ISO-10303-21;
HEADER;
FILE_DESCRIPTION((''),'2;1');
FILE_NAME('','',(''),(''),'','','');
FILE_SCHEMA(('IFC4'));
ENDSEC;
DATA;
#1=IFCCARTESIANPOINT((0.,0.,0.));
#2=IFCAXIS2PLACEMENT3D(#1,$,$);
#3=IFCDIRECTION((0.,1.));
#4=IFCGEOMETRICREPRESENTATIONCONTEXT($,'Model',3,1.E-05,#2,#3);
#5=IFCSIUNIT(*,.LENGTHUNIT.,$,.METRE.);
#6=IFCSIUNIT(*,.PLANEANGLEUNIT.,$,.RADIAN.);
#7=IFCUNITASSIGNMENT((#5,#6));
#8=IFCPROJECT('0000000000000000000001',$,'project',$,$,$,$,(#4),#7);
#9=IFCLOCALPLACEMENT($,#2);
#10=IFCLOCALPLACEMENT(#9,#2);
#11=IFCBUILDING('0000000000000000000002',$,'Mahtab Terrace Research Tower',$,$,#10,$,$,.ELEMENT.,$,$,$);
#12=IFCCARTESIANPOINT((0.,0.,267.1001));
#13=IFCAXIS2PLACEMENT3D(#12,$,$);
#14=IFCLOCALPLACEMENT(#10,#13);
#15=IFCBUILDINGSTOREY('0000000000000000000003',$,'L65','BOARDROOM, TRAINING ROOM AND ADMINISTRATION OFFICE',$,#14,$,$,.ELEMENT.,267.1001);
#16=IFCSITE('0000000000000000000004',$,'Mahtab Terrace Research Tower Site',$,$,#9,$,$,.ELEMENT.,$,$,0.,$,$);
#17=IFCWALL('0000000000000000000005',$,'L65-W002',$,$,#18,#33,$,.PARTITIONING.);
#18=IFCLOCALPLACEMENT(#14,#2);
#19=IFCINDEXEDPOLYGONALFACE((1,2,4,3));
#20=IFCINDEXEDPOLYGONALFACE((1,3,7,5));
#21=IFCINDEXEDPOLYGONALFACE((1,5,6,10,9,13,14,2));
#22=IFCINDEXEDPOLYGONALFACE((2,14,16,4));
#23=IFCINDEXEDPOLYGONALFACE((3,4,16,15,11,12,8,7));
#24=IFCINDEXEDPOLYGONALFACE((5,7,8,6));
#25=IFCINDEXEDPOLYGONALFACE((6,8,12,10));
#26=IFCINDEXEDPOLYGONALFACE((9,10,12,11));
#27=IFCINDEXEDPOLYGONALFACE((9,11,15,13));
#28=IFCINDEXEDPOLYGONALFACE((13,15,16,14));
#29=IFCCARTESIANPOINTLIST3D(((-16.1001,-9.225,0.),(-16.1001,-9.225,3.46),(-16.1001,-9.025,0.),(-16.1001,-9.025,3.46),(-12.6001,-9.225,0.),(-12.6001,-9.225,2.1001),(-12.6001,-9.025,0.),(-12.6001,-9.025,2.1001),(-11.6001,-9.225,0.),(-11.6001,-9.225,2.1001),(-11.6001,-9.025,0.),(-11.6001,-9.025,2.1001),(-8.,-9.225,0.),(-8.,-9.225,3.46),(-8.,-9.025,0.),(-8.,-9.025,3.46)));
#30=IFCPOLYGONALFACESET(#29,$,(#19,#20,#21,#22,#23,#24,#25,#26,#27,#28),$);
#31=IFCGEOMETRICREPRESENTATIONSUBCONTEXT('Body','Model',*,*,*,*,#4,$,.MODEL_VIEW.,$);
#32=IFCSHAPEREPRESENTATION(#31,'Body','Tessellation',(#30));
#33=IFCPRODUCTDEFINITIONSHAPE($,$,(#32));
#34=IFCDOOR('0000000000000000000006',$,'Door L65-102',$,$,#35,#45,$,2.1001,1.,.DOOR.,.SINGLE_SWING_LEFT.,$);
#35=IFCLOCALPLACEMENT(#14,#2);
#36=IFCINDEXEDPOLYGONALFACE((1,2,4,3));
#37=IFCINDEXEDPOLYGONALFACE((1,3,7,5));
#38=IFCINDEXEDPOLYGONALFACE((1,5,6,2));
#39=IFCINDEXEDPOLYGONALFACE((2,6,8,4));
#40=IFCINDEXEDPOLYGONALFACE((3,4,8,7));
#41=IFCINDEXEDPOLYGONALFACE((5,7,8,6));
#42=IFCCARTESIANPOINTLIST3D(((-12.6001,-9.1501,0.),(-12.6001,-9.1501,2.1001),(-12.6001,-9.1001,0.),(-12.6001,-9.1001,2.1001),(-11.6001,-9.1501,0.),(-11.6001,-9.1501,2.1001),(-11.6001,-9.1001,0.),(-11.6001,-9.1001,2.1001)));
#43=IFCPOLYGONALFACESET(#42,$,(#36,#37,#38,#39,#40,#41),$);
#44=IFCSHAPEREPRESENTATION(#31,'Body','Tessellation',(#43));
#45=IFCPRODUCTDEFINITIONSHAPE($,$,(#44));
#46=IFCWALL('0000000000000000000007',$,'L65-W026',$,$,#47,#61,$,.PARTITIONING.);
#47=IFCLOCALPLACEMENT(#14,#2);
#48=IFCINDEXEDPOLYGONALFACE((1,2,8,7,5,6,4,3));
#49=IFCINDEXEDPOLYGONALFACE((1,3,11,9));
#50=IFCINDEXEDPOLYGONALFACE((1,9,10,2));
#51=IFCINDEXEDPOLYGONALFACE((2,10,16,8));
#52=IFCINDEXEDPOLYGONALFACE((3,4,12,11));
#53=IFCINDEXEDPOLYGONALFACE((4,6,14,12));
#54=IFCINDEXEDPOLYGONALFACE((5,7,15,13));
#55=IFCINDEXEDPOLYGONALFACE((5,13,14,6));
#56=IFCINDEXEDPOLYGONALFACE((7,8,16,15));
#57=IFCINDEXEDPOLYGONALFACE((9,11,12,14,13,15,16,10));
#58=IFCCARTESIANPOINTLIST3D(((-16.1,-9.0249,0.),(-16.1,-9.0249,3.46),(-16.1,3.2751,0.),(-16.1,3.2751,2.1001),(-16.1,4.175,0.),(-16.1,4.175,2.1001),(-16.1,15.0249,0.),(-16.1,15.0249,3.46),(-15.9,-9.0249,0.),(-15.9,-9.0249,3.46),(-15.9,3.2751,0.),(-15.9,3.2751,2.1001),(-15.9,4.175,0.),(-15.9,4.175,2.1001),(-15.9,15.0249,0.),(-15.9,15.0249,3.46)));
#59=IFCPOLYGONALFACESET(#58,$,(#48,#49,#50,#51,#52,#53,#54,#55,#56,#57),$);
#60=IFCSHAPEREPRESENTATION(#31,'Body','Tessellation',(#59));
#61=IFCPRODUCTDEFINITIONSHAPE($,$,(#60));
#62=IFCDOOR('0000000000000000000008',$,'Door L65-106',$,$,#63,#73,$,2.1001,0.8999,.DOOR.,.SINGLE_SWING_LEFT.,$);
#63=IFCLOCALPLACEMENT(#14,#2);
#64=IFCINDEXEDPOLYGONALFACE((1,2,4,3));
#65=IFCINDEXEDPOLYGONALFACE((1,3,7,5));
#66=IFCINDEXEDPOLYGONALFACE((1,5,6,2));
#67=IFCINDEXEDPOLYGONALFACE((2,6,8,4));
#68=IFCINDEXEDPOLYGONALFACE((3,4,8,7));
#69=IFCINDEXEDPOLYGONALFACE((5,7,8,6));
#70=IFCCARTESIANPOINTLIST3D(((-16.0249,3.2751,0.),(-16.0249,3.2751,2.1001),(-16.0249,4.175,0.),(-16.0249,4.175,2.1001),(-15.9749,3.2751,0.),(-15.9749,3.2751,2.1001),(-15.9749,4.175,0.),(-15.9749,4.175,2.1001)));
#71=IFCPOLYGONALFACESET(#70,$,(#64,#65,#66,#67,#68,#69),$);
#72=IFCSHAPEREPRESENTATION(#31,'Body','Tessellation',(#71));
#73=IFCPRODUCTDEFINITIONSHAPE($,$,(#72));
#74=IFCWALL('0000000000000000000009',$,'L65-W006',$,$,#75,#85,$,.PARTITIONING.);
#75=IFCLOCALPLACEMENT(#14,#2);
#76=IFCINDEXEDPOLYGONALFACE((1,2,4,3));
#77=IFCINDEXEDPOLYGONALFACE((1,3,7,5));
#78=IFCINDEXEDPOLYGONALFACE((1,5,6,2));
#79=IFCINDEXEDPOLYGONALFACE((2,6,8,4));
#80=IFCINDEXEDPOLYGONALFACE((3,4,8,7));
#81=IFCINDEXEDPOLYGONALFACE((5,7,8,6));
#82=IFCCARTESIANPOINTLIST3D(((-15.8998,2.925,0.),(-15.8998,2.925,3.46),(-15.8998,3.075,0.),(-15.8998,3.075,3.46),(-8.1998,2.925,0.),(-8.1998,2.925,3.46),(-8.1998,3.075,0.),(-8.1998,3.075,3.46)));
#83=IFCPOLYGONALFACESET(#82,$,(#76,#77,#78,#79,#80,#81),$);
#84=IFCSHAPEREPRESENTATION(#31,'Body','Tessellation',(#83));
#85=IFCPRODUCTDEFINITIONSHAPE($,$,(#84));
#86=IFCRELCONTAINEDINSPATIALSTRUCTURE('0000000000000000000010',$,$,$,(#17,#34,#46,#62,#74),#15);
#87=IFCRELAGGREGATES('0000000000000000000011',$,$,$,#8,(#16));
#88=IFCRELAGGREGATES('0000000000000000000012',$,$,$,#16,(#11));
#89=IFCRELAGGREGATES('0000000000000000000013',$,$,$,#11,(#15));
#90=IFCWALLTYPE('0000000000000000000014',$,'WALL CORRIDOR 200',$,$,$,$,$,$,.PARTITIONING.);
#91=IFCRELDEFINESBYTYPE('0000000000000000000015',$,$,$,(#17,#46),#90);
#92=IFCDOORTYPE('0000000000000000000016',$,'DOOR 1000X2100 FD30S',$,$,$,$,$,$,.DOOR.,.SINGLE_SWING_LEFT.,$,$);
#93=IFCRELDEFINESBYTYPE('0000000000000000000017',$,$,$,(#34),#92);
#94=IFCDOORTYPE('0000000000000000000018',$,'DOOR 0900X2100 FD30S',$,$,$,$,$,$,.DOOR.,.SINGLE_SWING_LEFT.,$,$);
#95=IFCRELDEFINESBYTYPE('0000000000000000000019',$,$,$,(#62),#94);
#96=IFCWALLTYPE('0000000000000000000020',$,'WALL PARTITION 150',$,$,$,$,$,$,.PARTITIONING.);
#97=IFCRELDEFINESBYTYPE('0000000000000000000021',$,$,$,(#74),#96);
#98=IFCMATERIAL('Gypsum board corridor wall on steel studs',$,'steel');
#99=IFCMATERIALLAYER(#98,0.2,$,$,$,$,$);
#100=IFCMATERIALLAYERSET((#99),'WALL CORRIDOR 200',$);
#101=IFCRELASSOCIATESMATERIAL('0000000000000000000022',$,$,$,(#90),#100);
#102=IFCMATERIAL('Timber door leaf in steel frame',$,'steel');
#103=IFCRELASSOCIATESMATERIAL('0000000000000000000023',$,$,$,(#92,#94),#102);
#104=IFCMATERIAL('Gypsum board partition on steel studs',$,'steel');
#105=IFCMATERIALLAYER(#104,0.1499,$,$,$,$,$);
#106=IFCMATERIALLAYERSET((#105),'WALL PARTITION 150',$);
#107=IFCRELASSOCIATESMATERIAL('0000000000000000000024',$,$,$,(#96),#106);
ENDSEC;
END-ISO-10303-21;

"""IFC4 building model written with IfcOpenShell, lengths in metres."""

from ifc_helpers import new_model, si_unit, direction, frame, frame_2d, origin, place, context, subcontext, project, spatial, rectangle, extrude, material, layer, layer_set, type_object, element, fill, save


model = new_model("IFC4")

# Units and contexts
model_context = context("Model", 3, precision=1e-05, world=origin(), true_north=direction((0.0, 1.0)))
body_context = subcontext(model_context, "Body", "Model", "MODEL_VIEW")
ifc_project = project(units=[si_unit("LENGTHUNIT", "METRE"), si_unit("PLANEANGLEUNIT", "RADIAN")], contexts=[model_context])

# Site, building, storey
site_placement = place(None, origin())
site = spatial("IfcSite", under=ifc_project, at=site_placement, Name="Mahtab Terrace Research Tower Site", CompositionType="ELEMENT", RefElevation=0.0)
building_placement = place(site_placement, origin())
building = spatial("IfcBuilding", under=site, at=building_placement, Name="Mahtab Terrace Research Tower", CompositionType="ELEMENT")
storey_placement = place(building_placement, frame((0.0, 0.0, 267.1001)))
storey = spatial("IfcBuildingStorey", under=building, at=storey_placement, Name="L65", Description="BOARDROOM, TRAINING ROOM AND ADMINISTRATION OFFICE", CompositionType="ELEMENT", Elevation=267.1001)

# Walls, openings, doors
ifc_material_1 = material(Name="Gypsum board corridor wall on steel studs", Category="steel")
ifc_layer_1 = layer(ifc_material_1, 0.2)
ifc_layer_set_1 = layer_set([ifc_layer_1], Name="WALL CORRIDOR 200")
wall_type_1 = type_object("IfcWallType", Name="WALL CORRIDOR 200", PredefinedType="PARTITIONING", material=ifc_layer_set_1)
wall_1_placement = place(storey_placement, frame((-16.1001, -9.125, 0.0), z_axis=(0.0, 0.0, 1.0), x_axis=(1.0, 0.0, 0.0)))
wall_1 = element("IfcWall", 1, at=wall_1_placement, inside=storey, type_object=wall_type_1, Name="L65-W002", PredefinedType="PARTITIONING", context=body_context, shape_type="SweptSolid", body=[
    extrude(rectangle(XDim=8.1001, YDim=0.2, at=frame_2d((4.05, 0.0))), origin(), (0.0, 0.0, 1.0), 3.46),
])
opening_1_placement = place(wall_1_placement, frame((3.5, 0.0, 0.0)))
opening_1 = element("IfcOpeningElement", 2, at=opening_1_placement, cuts=wall_1, PredefinedType="OPENING", context=body_context, shape_type="SweptSolid", body=[
    extrude(rectangle(XDim=1.0, YDim=2.1001, at=frame_2d((0.5, 1.05))), frame((0.0, 0.1099, 0.0), z_axis=(0.0, -1.0, 0.0), x_axis=(1.0, 0.0, 0.0)), (0.0, 0.0, 1.0), 0.22),
])
ifc_material_2 = material(Name="Timber door leaf in steel frame", Category="steel")
door_type_1 = type_object("IfcDoorType", Name="DOOR 1000X2100 FD30S", OperationType="SINGLE_SWING_LEFT", PredefinedType="DOOR", material=ifc_material_2)
door_1_placement = place(opening_1_placement, origin())
door_1 = element("IfcDoor", 3, at=door_1_placement, inside=storey, type_object=door_type_1, Name="Door L65-102", OperationType="SINGLE_SWING_LEFT", OverallHeight=2.1001, OverallWidth=1.0, PredefinedType="DOOR", context=body_context, shape_type="SweptSolid", body=[
    extrude(rectangle(XDim=1.0, YDim=2.1001, at=frame_2d((0.5, 1.05))), frame((0.0, 0.0249, 0.0), z_axis=(0.0, -1.0, 0.0), x_axis=(1.0, 0.0, 0.0)), (0.0, 0.0, 1.0), 0.05),
])
fill(opening_1, door_1)
wall_2_placement = place(storey_placement, frame((-16.0, -9.0249, 0.0), z_axis=(0.0, 0.0, 1.0), x_axis=(0.0, 1.0, 0.0)))
wall_2 = element("IfcWall", 4, at=wall_2_placement, inside=storey, type_object=wall_type_1, Name="L65-W026", PredefinedType="PARTITIONING", context=body_context, shape_type="SweptSolid", body=[
    extrude(rectangle(XDim=24.0498, YDim=0.2, at=frame_2d((12.0249, 0.0))), origin(), (0.0, 0.0, 1.0), 3.46),
])
opening_2_placement = place(wall_2_placement, frame((12.3, 0.0, 0.0)))
opening_2 = element("IfcOpeningElement", 5, at=opening_2_placement, cuts=wall_2, PredefinedType="OPENING", context=body_context, shape_type="SweptSolid", body=[
    extrude(rectangle(XDim=0.8999, YDim=2.1001, at=frame_2d((0.45, 1.05))), frame((0.0, 0.1099, 0.0), z_axis=(0.0, -1.0, 0.0), x_axis=(1.0, 0.0, 0.0)), (0.0, 0.0, 1.0), 0.22),
])
door_type_2 = type_object("IfcDoorType", Name="DOOR 0900X2100 FD30S", OperationType="SINGLE_SWING_LEFT", PredefinedType="DOOR", material=ifc_material_2)
door_2_placement = place(opening_2_placement, origin())
door_2 = element("IfcDoor", 6, at=door_2_placement, inside=storey, type_object=door_type_2, Name="Door L65-106", OperationType="SINGLE_SWING_LEFT", OverallHeight=2.1001, OverallWidth=0.8999, PredefinedType="DOOR", context=body_context, shape_type="SweptSolid", body=[
    extrude(rectangle(XDim=0.8999, YDim=2.1001, at=frame_2d((0.45, 1.05))), frame((0.0, 0.0249, 0.0), z_axis=(0.0, -1.0, 0.0), x_axis=(1.0, 0.0, 0.0)), (0.0, 0.0, 1.0), 0.05),
])
fill(opening_2, door_2)

# Wall
ifc_material_3 = material(Name="Gypsum board partition on steel studs", Category="steel")
ifc_layer_2 = layer(ifc_material_3, 0.1499)
ifc_layer_set_2 = layer_set([ifc_layer_2], Name="WALL PARTITION 150")
wall_type_2 = type_object("IfcWallType", Name="WALL PARTITION 150", PredefinedType="PARTITIONING", material=ifc_layer_set_2)
wall_3_placement = place(storey_placement, frame((-15.8999, 3.0, 0.0), z_axis=(0.0, 0.0, 1.0), x_axis=(1.0, 0.0, 0.0)))
element("IfcWall", 7, at=wall_3_placement, inside=storey, type_object=wall_type_2, Name="L65-W006", PredefinedType="PARTITIONING", context=body_context, shape_type="SweptSolid", body=[
    extrude(rectangle(XDim=7.7, YDim=0.1499, at=frame_2d((3.8501, 0.0))), origin(), (0.0, 0.0, 1.0), 3.46),
])

save(model, "model.ifc")
